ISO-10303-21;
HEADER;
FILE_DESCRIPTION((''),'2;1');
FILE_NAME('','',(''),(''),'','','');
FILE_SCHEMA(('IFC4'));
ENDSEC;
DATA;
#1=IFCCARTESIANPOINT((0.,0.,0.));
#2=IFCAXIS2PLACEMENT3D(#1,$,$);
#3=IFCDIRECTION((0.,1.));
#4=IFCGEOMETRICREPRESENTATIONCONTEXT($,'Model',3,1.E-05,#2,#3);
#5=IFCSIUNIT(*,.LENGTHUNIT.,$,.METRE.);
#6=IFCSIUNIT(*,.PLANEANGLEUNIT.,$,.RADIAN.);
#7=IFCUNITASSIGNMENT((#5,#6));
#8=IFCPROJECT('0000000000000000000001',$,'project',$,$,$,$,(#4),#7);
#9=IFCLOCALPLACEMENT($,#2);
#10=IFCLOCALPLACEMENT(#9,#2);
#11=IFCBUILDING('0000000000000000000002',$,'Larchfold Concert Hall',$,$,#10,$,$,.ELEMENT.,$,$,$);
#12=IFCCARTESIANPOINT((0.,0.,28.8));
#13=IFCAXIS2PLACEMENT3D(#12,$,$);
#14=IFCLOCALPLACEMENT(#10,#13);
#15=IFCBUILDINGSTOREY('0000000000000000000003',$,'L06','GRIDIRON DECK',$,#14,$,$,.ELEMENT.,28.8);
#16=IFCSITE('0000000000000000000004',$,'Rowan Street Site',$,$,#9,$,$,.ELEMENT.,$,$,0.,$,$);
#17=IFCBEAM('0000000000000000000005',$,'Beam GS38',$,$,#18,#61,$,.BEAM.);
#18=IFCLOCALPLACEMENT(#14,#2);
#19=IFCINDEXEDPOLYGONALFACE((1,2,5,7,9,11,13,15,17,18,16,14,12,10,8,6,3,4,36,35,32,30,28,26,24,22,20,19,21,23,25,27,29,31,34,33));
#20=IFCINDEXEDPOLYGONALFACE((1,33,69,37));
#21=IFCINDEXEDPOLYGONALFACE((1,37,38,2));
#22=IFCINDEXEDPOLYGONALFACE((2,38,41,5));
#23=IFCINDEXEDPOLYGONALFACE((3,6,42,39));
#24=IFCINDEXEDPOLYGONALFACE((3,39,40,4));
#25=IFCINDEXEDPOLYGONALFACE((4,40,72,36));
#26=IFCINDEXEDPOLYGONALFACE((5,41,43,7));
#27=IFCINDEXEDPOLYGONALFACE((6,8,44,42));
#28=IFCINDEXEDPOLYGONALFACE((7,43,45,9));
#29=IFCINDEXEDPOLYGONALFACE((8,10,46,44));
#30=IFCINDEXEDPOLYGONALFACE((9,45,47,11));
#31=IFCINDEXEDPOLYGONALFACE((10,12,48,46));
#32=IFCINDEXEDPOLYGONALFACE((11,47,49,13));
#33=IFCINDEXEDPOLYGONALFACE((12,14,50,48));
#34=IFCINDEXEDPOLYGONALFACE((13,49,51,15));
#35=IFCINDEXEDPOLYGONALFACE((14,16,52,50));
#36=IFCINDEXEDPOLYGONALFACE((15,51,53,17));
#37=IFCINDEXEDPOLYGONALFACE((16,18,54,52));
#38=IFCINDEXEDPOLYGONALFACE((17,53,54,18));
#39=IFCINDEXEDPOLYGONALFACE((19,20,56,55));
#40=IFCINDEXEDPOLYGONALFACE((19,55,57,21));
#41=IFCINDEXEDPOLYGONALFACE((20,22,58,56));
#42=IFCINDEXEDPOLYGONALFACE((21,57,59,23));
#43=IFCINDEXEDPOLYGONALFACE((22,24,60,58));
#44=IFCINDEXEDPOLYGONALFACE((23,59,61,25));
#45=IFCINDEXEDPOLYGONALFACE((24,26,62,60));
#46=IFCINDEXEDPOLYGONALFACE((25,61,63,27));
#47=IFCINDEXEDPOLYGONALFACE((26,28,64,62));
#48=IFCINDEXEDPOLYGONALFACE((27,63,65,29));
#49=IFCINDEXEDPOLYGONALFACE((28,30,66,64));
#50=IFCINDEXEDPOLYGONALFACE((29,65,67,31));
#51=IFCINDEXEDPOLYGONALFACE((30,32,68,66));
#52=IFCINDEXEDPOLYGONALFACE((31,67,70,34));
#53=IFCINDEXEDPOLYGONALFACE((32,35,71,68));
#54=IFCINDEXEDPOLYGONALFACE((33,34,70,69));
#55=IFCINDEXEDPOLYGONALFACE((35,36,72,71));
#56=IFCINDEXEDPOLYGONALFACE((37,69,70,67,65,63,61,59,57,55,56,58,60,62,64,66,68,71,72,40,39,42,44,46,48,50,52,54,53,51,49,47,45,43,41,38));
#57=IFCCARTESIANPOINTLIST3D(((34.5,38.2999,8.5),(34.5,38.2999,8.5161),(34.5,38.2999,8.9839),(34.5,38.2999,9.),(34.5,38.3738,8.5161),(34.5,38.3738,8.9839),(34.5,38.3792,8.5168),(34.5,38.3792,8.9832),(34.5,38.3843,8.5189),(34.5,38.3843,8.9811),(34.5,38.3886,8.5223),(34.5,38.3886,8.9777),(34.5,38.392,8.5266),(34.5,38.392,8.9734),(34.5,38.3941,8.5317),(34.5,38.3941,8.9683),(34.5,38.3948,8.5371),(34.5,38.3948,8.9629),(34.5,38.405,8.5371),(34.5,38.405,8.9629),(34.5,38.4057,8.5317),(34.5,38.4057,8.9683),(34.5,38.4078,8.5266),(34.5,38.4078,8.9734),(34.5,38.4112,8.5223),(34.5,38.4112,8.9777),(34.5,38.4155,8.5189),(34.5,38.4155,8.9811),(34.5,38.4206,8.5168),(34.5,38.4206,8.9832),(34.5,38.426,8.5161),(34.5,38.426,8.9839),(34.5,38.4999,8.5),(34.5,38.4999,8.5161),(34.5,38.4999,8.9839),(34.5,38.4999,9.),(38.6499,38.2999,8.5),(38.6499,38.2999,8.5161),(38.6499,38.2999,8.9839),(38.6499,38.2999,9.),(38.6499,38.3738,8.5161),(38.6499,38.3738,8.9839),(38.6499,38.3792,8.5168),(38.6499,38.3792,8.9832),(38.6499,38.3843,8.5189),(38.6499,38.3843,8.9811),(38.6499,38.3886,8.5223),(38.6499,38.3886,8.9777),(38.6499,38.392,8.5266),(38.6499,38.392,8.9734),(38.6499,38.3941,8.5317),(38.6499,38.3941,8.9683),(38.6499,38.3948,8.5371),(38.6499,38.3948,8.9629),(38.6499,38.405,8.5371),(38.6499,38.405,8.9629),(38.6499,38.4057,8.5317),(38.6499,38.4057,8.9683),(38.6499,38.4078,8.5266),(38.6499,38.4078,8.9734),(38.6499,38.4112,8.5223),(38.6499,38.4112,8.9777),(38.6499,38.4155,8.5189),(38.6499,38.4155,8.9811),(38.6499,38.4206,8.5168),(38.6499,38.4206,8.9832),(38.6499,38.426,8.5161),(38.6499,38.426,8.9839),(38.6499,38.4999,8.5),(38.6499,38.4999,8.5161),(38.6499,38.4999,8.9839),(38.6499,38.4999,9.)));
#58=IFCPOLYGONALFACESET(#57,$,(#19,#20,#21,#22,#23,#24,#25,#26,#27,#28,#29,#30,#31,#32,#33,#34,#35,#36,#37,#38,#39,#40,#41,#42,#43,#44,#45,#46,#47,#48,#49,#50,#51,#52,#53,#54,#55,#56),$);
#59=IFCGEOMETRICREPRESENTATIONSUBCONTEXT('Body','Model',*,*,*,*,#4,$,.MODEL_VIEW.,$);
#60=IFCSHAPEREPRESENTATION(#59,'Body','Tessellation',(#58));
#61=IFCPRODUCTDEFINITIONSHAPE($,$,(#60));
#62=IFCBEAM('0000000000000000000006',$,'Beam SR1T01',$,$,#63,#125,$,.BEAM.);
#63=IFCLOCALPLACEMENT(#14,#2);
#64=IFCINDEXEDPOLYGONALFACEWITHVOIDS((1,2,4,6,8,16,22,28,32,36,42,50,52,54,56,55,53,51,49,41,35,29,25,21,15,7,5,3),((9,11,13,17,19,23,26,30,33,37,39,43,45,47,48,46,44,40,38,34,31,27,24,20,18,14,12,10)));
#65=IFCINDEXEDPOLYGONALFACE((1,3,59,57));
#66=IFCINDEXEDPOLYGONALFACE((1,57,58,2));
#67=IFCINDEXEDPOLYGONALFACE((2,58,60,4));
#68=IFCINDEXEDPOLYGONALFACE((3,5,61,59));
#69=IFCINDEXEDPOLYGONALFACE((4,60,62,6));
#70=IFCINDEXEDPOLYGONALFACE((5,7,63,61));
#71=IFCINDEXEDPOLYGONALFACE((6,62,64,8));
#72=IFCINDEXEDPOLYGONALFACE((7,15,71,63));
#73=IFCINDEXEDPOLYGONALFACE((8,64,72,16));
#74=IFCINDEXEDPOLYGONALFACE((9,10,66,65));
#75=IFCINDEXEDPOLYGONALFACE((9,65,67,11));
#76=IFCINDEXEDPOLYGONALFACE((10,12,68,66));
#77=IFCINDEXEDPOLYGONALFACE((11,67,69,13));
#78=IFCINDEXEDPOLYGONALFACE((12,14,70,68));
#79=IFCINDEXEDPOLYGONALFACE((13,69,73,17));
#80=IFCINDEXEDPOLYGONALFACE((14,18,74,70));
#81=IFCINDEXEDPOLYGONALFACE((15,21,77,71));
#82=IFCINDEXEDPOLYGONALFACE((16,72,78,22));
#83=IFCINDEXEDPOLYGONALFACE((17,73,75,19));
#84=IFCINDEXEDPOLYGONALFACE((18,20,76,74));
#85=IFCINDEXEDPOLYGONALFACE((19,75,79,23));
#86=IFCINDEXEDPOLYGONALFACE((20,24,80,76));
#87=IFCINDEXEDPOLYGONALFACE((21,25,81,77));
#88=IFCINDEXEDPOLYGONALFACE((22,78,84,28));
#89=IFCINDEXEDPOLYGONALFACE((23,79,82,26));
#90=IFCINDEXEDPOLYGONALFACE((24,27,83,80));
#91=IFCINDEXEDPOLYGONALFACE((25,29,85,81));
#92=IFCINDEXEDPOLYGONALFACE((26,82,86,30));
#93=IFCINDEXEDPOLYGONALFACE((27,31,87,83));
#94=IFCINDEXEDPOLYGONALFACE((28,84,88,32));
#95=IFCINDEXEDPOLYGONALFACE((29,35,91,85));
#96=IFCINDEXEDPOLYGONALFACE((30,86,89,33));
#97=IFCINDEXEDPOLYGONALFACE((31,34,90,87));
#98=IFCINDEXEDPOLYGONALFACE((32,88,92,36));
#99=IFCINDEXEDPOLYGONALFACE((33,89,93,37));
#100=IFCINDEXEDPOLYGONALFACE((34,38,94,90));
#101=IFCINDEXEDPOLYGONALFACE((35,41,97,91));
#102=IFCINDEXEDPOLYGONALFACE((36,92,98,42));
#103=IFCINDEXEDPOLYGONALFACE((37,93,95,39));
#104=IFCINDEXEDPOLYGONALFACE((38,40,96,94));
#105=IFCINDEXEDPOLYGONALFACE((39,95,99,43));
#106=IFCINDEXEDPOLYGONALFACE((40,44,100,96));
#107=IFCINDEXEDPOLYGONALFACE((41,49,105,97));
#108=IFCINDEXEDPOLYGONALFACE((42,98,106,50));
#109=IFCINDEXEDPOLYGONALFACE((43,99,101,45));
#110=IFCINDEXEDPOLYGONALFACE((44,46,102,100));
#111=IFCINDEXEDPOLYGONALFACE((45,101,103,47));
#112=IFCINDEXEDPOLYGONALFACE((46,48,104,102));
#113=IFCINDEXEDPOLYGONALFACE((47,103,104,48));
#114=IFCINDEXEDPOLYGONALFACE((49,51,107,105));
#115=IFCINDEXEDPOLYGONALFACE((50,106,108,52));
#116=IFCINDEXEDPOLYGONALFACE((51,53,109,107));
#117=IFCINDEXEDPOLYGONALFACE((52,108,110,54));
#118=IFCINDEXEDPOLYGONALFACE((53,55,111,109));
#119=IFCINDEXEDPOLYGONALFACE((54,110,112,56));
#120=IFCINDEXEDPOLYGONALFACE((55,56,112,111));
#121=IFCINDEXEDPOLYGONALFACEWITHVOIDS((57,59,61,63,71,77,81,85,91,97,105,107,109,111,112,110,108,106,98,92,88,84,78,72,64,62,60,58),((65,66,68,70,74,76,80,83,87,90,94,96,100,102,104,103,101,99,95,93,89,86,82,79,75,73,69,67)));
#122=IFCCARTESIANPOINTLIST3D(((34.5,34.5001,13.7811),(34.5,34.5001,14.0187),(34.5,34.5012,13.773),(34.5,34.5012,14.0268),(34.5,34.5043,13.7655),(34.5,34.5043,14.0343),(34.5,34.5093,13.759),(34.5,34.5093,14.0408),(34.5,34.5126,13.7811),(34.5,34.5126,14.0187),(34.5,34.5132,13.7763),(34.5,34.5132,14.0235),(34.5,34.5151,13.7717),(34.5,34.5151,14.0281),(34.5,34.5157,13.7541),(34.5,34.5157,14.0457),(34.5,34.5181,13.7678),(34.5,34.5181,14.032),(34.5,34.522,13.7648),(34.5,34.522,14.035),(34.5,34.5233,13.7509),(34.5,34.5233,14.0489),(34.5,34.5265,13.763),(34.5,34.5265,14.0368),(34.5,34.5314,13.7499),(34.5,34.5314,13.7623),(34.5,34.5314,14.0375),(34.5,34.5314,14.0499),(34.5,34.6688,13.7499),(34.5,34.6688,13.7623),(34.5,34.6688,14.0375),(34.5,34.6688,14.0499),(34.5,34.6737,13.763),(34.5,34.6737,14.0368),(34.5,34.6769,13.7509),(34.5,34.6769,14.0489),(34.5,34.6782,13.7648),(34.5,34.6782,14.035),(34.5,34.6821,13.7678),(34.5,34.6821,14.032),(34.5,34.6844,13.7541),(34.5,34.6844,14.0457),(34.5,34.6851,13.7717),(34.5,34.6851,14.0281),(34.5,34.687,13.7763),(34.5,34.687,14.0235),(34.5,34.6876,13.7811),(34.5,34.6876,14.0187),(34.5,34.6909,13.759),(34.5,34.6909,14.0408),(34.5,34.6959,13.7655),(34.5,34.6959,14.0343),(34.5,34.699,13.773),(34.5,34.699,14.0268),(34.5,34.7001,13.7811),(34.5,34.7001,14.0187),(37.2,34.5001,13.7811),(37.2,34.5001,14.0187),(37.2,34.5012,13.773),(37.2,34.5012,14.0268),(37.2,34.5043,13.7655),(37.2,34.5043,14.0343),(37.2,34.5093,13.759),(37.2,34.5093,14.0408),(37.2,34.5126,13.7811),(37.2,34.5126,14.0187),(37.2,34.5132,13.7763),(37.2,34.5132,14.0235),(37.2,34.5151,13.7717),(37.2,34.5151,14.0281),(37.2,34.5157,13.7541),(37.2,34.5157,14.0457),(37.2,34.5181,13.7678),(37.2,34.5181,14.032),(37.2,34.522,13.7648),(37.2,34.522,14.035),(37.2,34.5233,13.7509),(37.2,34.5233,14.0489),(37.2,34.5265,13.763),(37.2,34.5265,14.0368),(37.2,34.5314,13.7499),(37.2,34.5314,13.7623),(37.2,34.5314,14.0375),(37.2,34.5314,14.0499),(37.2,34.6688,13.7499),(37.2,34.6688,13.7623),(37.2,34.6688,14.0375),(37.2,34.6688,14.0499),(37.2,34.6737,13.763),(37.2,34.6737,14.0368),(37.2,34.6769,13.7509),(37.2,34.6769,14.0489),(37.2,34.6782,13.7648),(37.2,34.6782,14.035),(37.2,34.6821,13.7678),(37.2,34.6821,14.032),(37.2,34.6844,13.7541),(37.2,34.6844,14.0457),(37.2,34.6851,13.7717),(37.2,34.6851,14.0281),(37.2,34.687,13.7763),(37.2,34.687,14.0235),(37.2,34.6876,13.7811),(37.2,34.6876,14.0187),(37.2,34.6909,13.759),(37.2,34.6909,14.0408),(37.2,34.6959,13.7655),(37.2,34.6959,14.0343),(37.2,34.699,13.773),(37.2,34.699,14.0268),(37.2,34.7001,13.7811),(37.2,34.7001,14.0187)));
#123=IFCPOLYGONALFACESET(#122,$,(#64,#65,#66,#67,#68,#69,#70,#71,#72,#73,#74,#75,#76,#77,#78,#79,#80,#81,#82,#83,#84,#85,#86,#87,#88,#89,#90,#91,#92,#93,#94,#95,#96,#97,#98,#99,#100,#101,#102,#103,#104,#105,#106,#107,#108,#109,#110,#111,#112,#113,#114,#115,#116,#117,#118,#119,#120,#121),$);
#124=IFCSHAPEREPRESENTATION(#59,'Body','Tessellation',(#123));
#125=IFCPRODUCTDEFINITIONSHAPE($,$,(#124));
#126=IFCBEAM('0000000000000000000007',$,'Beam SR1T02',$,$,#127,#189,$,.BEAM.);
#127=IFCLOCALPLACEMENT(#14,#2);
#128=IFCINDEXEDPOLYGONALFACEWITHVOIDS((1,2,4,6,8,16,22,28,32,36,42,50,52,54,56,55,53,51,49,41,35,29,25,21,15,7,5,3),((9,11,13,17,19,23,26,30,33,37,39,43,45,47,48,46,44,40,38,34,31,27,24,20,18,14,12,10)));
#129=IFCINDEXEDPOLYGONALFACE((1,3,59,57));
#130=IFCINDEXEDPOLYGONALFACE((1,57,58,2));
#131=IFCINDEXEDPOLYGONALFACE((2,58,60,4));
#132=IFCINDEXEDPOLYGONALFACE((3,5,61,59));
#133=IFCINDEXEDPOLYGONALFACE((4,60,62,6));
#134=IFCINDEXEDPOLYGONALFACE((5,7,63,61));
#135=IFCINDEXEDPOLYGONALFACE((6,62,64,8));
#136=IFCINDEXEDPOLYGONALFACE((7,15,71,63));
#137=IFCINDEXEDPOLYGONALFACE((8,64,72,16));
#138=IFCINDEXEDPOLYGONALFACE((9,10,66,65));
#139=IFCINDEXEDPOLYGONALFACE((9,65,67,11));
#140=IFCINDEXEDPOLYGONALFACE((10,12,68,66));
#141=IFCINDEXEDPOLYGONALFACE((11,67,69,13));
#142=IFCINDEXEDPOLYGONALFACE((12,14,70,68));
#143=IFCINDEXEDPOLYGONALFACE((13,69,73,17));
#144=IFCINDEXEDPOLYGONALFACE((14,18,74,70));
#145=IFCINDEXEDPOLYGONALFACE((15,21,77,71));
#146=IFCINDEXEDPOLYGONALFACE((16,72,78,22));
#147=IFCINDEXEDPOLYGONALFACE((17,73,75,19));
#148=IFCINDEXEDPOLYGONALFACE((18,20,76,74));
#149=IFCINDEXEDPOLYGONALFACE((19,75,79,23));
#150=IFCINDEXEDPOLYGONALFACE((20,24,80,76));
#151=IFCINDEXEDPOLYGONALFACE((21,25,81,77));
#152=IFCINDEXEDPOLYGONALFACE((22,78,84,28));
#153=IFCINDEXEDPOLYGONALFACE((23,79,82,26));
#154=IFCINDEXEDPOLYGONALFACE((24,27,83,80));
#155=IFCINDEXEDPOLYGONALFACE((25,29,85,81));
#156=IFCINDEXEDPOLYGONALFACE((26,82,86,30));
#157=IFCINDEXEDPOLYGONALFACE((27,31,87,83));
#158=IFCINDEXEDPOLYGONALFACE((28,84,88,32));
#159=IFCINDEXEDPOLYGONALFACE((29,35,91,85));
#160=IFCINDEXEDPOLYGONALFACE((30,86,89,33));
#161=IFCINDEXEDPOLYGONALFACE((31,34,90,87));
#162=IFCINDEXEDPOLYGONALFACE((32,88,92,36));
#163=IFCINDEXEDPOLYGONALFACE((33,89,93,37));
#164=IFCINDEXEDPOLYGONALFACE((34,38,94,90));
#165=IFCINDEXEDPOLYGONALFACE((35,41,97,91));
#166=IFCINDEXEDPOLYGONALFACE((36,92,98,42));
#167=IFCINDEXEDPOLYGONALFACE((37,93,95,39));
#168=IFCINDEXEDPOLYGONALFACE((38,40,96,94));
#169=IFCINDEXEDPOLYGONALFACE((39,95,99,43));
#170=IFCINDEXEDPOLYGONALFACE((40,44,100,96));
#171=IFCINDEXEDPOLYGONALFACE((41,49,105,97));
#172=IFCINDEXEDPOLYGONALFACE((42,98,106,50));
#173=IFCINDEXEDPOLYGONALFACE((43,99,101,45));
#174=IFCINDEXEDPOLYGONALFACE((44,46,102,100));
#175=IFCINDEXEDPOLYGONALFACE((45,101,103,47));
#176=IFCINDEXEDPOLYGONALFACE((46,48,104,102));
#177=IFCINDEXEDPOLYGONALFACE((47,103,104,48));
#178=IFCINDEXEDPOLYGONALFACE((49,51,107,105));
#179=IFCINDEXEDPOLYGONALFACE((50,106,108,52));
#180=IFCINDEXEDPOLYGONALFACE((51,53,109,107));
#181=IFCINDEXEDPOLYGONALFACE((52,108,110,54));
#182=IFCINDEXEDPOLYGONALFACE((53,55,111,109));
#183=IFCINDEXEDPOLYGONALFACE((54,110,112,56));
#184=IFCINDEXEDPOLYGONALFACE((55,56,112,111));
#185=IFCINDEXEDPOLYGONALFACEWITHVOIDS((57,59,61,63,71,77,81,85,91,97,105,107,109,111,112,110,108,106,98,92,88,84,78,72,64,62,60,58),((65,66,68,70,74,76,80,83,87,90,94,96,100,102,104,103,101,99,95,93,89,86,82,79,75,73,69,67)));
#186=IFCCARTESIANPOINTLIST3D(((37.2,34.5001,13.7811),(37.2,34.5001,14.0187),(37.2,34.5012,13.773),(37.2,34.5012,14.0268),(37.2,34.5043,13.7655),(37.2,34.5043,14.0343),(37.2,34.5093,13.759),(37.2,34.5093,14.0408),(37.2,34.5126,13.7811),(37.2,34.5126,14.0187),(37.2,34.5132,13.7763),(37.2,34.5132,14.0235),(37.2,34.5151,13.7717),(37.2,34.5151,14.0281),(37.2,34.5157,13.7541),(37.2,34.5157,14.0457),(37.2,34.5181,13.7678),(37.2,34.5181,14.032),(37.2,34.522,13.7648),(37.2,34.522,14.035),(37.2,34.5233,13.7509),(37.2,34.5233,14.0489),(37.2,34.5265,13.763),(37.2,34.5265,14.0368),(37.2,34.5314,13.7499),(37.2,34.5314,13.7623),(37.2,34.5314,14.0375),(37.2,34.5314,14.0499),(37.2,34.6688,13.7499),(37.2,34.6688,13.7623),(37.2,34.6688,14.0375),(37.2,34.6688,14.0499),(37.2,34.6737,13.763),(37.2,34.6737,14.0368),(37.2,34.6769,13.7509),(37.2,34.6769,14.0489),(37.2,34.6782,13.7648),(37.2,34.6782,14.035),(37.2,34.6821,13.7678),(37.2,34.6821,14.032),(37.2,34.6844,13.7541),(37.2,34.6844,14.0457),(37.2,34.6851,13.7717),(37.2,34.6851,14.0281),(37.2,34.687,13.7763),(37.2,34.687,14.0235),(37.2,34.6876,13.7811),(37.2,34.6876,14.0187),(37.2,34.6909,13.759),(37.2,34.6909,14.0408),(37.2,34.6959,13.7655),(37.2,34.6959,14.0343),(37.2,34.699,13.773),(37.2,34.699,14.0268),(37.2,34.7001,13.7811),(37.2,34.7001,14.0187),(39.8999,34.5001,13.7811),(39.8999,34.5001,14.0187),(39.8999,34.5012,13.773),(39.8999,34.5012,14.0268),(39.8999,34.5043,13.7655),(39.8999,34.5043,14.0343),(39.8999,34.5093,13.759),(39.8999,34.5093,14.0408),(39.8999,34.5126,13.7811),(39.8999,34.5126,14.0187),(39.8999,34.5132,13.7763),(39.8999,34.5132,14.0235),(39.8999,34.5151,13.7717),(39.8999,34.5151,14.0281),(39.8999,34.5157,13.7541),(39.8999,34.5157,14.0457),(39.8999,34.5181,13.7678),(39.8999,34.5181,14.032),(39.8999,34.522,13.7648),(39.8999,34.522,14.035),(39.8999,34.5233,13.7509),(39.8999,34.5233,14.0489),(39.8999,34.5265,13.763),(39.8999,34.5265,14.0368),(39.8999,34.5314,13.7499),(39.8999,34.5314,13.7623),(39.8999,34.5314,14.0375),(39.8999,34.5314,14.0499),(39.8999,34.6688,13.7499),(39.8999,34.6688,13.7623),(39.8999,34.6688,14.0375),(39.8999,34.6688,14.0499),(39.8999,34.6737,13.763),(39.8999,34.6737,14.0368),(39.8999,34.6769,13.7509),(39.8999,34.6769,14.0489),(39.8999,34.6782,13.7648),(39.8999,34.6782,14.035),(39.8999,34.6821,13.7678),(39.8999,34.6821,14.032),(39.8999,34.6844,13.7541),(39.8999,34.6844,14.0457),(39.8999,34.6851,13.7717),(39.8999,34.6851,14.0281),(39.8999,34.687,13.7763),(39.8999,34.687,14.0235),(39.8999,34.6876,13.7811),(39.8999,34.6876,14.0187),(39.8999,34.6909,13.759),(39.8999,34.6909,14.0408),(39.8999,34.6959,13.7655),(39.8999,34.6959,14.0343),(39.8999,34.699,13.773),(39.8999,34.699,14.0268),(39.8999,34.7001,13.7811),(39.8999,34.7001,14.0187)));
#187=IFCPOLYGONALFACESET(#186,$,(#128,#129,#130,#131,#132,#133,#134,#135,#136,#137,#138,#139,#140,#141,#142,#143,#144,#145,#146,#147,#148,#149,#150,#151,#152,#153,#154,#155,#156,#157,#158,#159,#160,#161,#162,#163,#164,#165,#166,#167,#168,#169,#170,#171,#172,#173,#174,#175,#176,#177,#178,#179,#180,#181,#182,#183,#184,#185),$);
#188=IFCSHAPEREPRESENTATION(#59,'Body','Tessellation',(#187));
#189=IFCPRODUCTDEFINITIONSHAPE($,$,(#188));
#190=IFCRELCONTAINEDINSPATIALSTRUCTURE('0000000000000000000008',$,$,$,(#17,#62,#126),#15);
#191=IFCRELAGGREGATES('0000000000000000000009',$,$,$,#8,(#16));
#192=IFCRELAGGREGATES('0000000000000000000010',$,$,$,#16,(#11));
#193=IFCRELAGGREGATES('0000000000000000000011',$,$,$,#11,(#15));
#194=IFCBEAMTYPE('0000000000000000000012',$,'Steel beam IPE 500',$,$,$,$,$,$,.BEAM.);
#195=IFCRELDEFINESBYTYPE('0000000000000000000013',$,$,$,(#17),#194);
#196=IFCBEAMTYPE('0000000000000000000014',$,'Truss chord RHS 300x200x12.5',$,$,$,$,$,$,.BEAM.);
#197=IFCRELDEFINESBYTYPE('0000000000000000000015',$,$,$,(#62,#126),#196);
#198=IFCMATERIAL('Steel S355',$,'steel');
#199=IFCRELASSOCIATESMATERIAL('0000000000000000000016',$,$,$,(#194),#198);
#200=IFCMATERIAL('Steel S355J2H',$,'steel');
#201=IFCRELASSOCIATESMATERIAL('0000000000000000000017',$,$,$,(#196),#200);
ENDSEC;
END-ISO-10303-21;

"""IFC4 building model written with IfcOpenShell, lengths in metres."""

from ifc_helpers import new_model, si_unit, direction, frame, origin, origin_2d, place, context, subcontext, project, spatial, hollow_rectangle, i_section, extrude, material, material_profile, profile_set, type_object, element, save


model = new_model("IFC4")

# Units and contexts
model_context = context("Model", 3, precision=1e-05, world=origin(), true_north=direction((0.0, 1.0)))
body_context = subcontext(model_context, "Body", "Model", "MODEL_VIEW")
ifc_project = project(units=[si_unit("LENGTHUNIT", "METRE"), si_unit("PLANEANGLEUNIT", "RADIAN")], contexts=[model_context])

# Site, building, storey
site_placement = place(None, origin())
site = spatial("IfcSite", under=ifc_project, at=site_placement, Name="Rowan Street Site", CompositionType="ELEMENT", RefElevation=0.0)
building_placement = place(site_placement, origin())
building = spatial("IfcBuilding", under=site, at=building_placement, Name="Larchfold Concert Hall", CompositionType="ELEMENT")
storey_placement = place(building_placement, frame((0.0, 0.0, 28.8)))
storey = spatial("IfcBuildingStorey", under=building, at=storey_placement, Name="L06", Description="GRIDIRON DECK", CompositionType="ELEMENT", Elevation=28.8)

# Beams
ifc_material_1 = material(Name="Steel S355", Category="steel")
ifc_material_profile_1 = material_profile(ifc_material_1, i_section(OverallWidth=0.2, OverallDepth=0.5, WebThickness=0.0103, FlangeThickness=0.0161, FilletRadius=0.021, at=origin_2d()))
ifc_profile_set_1 = profile_set([ifc_material_profile_1], Name="Steel S355")
beam_type_1 = type_object("IfcBeamType", Name="Steel beam IPE 500", PredefinedType="BEAM", material=ifc_profile_set_1)
beam_1_placement = place(storey_placement, frame((34.5, 38.3999, 8.75), z_axis=(1.0, 0.0, 0.0), x_axis=(0.0, 1.0, 0.0)))
element("IfcBeam", 1, at=beam_1_placement, inside=storey, type_object=beam_type_1, Name="Beam GS38", PredefinedType="BEAM", context=body_context, shape_type="SweptSolid", body=[
    extrude(i_section(OverallWidth=0.2, OverallDepth=0.5, WebThickness=0.0103, FlangeThickness=0.0161, FilletRadius=0.021, at=origin_2d()), origin(), (0.0, 0.0, 1.0), 4.1499),
])
ifc_material_2 = material(Name="Steel S355J2H", Category="steel")
ifc_material_profile_2 = material_profile(ifc_material_2, hollow_rectangle(XDim=0.2, YDim=0.3, WallThickness=0.0125, InnerFilletRadius=0.0188, OuterFilletRadius=0.0312, at=origin_2d()))
ifc_profile_set_2 = profile_set([ifc_material_profile_2], Name="Steel S355J2H")
beam_type_2 = type_object("IfcBeamType", Name="Truss chord RHS 300x200x12.5", PredefinedType="BEAM", material=ifc_profile_set_2)
for number, where, z_axis, x_axis, name in (
    (2, (34.5, 34.6001, 13.8999), (1.0, 0.0, 0.0), (0.0, 1.0, 0.0), "Beam SR1T01"),
    (3, (37.2, 34.6001, 13.8999), (1.0, 0.0, 0.0), (0.0, 1.0, 0.0), "Beam SR1T02"),
):
    element("IfcBeam", number, at=place(storey_placement, frame(where, z_axis=z_axis, x_axis=x_axis)), inside=storey, type_object=beam_type_2, Name=name, PredefinedType="BEAM", context=body_context, shape_type="SweptSolid", body=[
        extrude(hollow_rectangle(XDim=0.2, YDim=0.3, WallThickness=0.0125, InnerFilletRadius=0.0188, OuterFilletRadius=0.0312, at=origin_2d()), origin(), (0.0, 0.0, 1.0), 2.7),
    ])

save(model, "model.ifc")
